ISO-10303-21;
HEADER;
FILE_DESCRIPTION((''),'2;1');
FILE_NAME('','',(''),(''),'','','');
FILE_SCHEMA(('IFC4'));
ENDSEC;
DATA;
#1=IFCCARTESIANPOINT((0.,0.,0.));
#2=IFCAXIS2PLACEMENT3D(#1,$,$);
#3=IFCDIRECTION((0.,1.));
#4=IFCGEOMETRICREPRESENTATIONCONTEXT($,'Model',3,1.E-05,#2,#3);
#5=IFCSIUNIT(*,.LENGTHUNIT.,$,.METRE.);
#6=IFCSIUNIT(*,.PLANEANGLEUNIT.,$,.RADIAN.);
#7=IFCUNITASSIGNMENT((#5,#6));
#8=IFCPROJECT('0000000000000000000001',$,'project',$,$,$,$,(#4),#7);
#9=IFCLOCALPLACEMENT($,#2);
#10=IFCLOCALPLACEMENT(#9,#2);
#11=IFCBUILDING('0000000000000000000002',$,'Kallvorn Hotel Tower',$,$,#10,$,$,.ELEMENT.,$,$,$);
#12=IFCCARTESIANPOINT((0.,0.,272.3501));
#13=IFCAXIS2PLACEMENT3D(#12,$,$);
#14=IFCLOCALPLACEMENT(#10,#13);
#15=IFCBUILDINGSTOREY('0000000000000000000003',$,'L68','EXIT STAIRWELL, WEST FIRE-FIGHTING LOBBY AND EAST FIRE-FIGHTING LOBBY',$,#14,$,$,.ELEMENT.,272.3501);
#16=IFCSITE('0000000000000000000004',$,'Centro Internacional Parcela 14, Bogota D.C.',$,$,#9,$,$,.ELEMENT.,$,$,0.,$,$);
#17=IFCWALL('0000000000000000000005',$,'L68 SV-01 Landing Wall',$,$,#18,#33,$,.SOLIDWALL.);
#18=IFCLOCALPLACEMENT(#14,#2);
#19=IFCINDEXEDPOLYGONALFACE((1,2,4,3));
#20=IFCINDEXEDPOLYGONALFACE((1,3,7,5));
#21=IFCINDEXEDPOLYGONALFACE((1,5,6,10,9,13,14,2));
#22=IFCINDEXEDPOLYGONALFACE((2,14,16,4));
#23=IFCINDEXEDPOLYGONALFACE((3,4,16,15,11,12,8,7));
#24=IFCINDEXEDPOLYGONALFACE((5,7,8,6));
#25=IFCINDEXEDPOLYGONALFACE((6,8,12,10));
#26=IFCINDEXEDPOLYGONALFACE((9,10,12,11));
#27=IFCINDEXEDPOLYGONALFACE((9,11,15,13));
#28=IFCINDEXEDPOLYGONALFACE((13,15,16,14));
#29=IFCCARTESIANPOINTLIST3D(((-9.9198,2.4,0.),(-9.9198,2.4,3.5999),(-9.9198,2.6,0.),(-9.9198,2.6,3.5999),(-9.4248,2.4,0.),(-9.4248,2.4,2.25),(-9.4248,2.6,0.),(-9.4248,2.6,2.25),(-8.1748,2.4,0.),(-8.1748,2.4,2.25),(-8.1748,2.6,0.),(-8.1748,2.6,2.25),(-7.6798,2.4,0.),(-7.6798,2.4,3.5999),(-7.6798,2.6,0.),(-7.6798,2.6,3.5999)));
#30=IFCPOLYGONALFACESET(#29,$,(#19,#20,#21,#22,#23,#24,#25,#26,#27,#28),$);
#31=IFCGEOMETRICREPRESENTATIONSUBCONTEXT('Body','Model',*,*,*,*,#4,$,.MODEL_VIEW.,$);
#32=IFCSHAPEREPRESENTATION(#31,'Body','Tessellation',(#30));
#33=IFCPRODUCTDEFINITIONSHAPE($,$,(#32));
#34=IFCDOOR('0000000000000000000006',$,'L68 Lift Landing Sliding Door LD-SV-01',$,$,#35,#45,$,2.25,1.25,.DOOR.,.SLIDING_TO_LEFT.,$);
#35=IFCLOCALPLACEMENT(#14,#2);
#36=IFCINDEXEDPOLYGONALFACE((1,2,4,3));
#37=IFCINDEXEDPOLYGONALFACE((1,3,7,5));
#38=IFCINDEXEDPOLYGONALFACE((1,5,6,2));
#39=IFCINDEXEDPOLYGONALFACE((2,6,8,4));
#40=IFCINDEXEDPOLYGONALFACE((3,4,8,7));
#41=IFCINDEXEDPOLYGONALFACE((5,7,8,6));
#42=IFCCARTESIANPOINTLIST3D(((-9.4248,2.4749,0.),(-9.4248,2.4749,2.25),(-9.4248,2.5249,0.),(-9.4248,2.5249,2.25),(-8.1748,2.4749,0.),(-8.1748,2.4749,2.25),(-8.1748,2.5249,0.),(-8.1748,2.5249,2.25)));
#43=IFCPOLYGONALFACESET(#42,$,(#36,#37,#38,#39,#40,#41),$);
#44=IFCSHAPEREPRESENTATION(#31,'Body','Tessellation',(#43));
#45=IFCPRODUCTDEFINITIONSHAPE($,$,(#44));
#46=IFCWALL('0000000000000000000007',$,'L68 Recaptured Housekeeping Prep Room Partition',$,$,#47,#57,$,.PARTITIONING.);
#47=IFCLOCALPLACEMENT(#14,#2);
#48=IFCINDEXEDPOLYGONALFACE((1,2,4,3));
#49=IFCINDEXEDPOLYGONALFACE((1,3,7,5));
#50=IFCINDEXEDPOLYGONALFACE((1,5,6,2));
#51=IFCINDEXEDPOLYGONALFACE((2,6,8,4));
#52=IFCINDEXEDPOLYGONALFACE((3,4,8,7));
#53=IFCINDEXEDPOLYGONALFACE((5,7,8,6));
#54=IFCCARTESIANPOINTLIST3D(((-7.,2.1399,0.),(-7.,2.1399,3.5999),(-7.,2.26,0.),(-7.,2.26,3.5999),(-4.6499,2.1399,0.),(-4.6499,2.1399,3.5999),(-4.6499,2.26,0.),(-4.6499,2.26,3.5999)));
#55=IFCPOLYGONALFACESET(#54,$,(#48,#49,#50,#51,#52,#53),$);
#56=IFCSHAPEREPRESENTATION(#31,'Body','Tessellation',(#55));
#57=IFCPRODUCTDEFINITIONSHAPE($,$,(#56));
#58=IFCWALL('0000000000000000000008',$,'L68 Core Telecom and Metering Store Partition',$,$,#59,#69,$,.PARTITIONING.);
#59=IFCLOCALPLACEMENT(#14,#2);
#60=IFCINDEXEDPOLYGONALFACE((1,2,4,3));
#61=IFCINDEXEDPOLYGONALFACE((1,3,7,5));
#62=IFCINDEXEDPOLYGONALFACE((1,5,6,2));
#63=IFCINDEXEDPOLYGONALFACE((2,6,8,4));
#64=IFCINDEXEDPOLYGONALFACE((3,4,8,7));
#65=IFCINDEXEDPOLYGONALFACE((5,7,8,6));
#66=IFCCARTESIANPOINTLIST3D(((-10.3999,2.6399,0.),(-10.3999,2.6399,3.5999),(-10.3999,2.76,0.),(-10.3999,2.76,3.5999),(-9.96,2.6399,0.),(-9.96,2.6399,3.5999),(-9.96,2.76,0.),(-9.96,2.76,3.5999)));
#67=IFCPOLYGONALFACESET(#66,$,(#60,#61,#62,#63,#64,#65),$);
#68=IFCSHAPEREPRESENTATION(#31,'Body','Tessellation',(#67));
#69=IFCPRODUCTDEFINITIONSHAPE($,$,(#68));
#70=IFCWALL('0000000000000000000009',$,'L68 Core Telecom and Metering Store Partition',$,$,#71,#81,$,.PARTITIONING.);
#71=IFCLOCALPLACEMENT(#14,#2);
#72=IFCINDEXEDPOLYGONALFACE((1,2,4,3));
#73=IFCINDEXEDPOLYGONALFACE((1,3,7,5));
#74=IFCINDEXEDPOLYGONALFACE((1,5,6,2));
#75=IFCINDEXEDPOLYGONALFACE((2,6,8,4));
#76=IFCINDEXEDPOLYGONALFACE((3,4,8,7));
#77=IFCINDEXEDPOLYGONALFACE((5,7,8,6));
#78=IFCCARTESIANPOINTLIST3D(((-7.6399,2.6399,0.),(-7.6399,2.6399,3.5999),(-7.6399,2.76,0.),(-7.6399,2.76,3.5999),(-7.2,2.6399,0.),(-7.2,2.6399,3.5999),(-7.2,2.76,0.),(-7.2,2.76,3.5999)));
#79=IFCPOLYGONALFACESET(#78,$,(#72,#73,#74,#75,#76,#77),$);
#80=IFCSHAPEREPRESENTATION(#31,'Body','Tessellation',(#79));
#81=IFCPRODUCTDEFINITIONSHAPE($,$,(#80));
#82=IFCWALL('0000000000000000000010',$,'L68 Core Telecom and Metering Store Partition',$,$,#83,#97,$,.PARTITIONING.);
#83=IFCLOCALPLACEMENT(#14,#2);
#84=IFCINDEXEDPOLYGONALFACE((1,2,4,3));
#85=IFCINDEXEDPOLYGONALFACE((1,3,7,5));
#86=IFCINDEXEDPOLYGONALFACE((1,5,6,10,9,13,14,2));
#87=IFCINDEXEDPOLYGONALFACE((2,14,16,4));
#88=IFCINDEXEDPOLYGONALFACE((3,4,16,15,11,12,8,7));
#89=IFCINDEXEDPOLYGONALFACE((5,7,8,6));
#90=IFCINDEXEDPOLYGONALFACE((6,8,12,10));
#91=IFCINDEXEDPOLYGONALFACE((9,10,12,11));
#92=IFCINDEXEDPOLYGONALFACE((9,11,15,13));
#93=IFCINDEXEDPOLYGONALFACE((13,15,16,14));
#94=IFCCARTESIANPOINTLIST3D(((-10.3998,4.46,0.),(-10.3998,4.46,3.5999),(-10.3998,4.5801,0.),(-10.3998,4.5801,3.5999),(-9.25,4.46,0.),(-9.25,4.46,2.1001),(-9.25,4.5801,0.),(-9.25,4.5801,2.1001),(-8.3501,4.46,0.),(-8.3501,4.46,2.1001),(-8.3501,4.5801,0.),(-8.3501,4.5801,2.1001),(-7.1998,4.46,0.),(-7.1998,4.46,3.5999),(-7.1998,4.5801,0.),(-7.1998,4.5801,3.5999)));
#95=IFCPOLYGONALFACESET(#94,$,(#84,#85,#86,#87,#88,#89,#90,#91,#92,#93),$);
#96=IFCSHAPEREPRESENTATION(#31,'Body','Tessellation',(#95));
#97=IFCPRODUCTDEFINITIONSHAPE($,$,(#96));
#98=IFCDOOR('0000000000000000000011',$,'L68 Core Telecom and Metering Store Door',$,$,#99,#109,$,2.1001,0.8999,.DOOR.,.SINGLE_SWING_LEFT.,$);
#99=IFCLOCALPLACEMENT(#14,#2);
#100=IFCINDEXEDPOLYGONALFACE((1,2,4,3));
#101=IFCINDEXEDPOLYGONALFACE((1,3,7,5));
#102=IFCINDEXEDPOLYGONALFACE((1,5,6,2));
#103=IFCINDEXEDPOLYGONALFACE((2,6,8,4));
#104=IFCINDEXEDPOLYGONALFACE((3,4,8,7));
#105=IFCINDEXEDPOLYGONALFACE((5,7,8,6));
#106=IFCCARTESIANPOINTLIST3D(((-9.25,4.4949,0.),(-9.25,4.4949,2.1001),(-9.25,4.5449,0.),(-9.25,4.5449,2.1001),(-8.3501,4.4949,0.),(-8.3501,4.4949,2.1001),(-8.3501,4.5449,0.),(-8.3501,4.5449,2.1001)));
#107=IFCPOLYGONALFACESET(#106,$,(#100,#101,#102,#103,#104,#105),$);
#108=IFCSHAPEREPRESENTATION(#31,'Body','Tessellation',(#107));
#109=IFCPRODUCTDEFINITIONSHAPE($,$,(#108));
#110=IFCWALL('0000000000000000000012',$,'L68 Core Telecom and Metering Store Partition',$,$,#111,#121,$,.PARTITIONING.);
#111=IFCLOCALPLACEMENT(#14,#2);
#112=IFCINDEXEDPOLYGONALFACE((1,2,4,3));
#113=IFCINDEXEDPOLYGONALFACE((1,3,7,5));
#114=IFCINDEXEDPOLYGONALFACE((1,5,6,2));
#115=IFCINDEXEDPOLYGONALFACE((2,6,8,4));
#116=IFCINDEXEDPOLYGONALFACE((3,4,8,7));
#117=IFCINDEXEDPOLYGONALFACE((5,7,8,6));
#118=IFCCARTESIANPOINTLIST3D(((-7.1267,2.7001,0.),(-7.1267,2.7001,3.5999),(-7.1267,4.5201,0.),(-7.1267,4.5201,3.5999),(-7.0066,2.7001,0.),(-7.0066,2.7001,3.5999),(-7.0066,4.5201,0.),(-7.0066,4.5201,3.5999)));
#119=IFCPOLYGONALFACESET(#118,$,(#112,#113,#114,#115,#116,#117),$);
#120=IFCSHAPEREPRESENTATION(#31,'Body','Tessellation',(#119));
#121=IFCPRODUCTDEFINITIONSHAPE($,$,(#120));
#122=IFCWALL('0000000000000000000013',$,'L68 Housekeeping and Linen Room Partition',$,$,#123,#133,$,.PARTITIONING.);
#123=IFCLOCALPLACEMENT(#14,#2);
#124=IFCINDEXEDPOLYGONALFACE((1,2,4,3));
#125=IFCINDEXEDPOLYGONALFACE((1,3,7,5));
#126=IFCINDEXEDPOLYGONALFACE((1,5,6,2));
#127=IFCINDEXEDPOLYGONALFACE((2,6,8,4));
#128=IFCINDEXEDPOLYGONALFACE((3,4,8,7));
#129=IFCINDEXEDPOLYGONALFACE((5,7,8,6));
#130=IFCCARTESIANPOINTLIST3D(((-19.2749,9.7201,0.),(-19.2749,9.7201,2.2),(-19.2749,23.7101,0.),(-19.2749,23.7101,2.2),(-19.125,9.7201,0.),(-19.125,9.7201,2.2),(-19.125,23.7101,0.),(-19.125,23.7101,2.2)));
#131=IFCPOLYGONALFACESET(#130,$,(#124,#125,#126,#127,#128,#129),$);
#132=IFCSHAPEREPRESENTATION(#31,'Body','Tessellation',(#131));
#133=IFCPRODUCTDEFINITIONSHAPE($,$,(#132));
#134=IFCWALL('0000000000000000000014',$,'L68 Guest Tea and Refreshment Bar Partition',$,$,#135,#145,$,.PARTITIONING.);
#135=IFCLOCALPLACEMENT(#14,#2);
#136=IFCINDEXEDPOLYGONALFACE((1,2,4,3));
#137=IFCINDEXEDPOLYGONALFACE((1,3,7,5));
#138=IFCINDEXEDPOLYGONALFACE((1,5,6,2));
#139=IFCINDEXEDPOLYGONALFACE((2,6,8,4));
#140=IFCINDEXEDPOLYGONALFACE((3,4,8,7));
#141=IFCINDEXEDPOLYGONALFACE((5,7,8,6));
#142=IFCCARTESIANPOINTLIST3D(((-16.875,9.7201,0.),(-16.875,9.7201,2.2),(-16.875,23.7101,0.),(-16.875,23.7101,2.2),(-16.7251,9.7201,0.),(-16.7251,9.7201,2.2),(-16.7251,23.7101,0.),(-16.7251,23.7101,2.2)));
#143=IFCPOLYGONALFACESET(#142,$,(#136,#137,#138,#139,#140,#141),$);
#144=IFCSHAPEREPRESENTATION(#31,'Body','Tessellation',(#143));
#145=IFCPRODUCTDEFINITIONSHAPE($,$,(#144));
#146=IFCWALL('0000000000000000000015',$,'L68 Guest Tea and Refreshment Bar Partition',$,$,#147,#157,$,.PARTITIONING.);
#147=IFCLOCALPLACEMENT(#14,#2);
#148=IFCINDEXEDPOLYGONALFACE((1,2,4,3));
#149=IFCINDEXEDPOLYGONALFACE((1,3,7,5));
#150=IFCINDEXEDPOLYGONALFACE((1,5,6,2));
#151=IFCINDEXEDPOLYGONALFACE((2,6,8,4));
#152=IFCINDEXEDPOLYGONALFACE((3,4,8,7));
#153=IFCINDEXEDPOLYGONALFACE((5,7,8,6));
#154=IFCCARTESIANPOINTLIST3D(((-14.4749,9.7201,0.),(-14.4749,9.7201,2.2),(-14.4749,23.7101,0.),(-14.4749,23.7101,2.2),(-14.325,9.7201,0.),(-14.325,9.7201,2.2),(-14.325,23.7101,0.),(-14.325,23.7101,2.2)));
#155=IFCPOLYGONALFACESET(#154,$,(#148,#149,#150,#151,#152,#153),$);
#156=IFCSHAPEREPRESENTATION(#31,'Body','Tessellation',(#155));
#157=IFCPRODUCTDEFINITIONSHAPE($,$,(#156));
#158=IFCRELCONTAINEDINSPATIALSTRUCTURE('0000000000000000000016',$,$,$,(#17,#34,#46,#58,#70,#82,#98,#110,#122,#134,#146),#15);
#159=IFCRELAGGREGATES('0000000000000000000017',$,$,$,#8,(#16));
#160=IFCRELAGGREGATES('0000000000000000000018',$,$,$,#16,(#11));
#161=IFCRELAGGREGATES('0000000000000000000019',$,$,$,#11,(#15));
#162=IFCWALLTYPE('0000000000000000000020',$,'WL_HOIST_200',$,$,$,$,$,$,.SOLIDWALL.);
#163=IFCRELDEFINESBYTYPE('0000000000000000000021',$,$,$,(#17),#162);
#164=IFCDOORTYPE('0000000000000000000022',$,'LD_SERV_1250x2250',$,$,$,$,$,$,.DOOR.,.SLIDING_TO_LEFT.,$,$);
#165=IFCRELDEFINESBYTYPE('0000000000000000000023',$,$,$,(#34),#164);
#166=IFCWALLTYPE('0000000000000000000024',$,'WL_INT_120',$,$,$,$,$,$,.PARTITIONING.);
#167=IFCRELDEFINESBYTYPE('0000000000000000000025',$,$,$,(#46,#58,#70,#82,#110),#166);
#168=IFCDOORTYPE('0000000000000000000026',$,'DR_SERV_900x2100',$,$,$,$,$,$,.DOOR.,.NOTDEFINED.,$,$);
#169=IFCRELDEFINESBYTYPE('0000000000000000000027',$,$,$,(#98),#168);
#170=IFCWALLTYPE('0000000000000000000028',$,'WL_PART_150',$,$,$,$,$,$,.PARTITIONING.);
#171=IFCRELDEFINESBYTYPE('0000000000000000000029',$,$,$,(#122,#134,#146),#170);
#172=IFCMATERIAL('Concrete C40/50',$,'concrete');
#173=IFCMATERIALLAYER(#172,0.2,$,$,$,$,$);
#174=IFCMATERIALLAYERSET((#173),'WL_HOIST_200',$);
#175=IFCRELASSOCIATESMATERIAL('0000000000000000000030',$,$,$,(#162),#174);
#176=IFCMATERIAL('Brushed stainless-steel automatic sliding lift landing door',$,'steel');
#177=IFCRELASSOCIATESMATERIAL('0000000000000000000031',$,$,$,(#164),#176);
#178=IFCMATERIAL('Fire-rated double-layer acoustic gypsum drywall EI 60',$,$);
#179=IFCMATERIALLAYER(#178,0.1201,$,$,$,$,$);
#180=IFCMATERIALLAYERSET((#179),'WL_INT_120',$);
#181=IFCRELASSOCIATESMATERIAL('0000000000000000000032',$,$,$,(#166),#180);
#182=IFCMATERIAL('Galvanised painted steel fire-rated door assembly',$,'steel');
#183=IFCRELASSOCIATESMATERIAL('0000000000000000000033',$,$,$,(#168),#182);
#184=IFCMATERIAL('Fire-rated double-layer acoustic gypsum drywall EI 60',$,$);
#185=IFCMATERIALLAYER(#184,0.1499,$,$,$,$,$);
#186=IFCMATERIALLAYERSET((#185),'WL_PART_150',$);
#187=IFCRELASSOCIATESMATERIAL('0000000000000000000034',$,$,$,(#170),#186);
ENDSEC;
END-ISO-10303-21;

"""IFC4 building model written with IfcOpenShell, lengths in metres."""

from ifc_helpers import new_model, si_unit, direction, frame, frame_2d, origin, place, context, subcontext, project, spatial, rectangle, extrude, material, layer, layer_set, type_object, element, fill, save


model = new_model("IFC4")

# Units and contexts
model_context = context("Model", 3, precision=1e-05, world=origin(), true_north=direction((0.0, 1.0)))
body_context = subcontext(model_context, "Body", "Model", "MODEL_VIEW")
ifc_project = project(units=[si_unit("LENGTHUNIT", "METRE"), si_unit("PLANEANGLEUNIT", "RADIAN")], contexts=[model_context])

# Site, building, storey
site_placement = place(None, origin())
site = spatial("IfcSite", under=ifc_project, at=site_placement, Name="Centro Internacional Parcela 14, Bogota D.C.", CompositionType="ELEMENT", RefElevation=0.0)
building_placement = place(site_placement, origin())
building = spatial("IfcBuilding", under=site, at=building_placement, Name="Kallvorn Hotel Tower", CompositionType="ELEMENT")
storey_placement = place(building_placement, frame((0.0, 0.0, 272.3501)))
storey = spatial("IfcBuildingStorey", under=building, at=storey_placement, Name="L68", Description="EXIT STAIRWELL, WEST FIRE-FIGHTING LOBBY AND EAST FIRE-FIGHTING LOBBY", CompositionType="ELEMENT", Elevation=272.3501)

# Shared definitions
ifc_material_1 = material(Name="Concrete C40/50", Category="concrete")
ifc_layer_1 = layer(ifc_material_1, 0.2)
ifc_layer_set_1 = layer_set([ifc_layer_1], Name="WL_HOIST_200")
wall_type_1 = type_object("IfcWallType", Name="WL_HOIST_200", PredefinedType="SOLIDWALL", material=ifc_layer_set_1)

# Wall, opening, door
wall_1_placement = place(storey_placement, frame((-9.9199, 2.5, 0.0), z_axis=(0.0, 0.0, 1.0), x_axis=(1.0, 0.0, 0.0)))
wall_1 = element("IfcWall", 1, at=wall_1_placement, inside=storey, type_object=wall_type_1, Name="L68 SV-01 Landing Wall", PredefinedType="SOLIDWALL", context=body_context, shape_type="SweptSolid", body=[
    extrude(rectangle(XDim=2.24, YDim=0.2, at=frame_2d((1.1201, 0.0))), origin(), (0.0, 0.0, 1.0), 3.5999),
])
opening_1_placement = place(wall_1_placement, frame((0.4951, 0.0, 0.0)))
opening_1 = element("IfcOpeningElement", 2, at=opening_1_placement, cuts=wall_1, PredefinedType="OPENING", context=body_context, shape_type="SweptSolid", body=[
    extrude(rectangle(XDim=1.25, YDim=2.25, at=frame_2d((0.625, 1.125))), frame((0.0, 0.115, 0.0), z_axis=(0.0, -1.0, 0.0), x_axis=(1.0, 0.0, 0.0)), (0.0, 0.0, 1.0), 0.23),
])
ifc_material_2 = material(Name="Brushed stainless-steel automatic sliding lift landing door", Category="steel")
door_type_1 = type_object("IfcDoorType", Name="LD_SERV_1250x2250", OperationType="SLIDING_TO_LEFT", PredefinedType="DOOR", material=ifc_material_2)
door_1_placement = place(opening_1_placement, origin())
door_1 = element("IfcDoor", 3, at=door_1_placement, inside=storey, type_object=door_type_1, Name="L68 Lift Landing Sliding Door LD-SV-01", OperationType="SLIDING_TO_LEFT", OverallHeight=2.25, OverallWidth=1.25, PredefinedType="DOOR", context=body_context, shape_type="SweptSolid", body=[
    extrude(rectangle(XDim=1.25, YDim=2.25, at=frame_2d((0.625, 1.125))), frame((0.0, 0.0249, 0.0), z_axis=(0.0, -1.0, 0.0), x_axis=(1.0, 0.0, 0.0)), (0.0, 0.0, 1.0), 0.05),
])
fill(opening_1, door_1)

# Walls
ifc_material_3 = material(Name="Fire-rated double-layer acoustic gypsum drywall EI 60")
ifc_layer_2 = layer(ifc_material_3, 0.1201)
ifc_layer_set_2 = layer_set([ifc_layer_2], Name="WL_INT_120")
wall_type_2 = type_object("IfcWallType", Name="WL_INT_120", PredefinedType="PARTITIONING", material=ifc_layer_set_2)
wall_2_placement = place(storey_placement, frame((-7.0, 2.2, 0.0), z_axis=(0.0, 0.0, 1.0), x_axis=(1.0, 0.0, 0.0)))
element("IfcWall", 4, at=wall_2_placement, inside=storey, type_object=wall_type_2, Name="L68 Recaptured Housekeeping Prep Room Partition", PredefinedType="PARTITIONING", context=body_context, shape_type="SweptSolid", body=[
    extrude(rectangle(XDim=2.3501, YDim=0.1201, at=frame_2d((1.175, 0.0))), origin(), (0.0, 0.0, 1.0), 3.5999),
])
for number, where, z_axis, x_axis, name in (
    (5, (-10.3999, 2.7, 0.0), (0.0, 0.0, 1.0), (1.0, 0.0, 0.0), "L68 Core Telecom and Metering Store Partition"),
    (6, (-7.6399, 2.7, 0.0), (0.0, 0.0, 1.0), (1.0, 0.0, 0.0), "L68 Core Telecom and Metering Store Partition"),
):
    element("IfcWall", number, at=place(storey_placement, frame(where, z_axis=z_axis, x_axis=x_axis)), inside=storey, type_object=wall_type_2, Name=name, PredefinedType="PARTITIONING", context=body_context, shape_type="SweptSolid", body=[
        extrude(rectangle(XDim=0.4399, YDim=0.1201, at=frame_2d((0.22, 0.0))), origin(), (0.0, 0.0, 1.0), 3.5999),
    ])

# Wall, opening, door
wall_3_placement = place(storey_placement, frame((-10.3999, 4.52, 0.0), z_axis=(0.0, 0.0, 1.0), x_axis=(1.0, 0.0, 0.0)))
wall_3 = element("IfcWall", 7, at=wall_3_placement, inside=storey, type_object=wall_type_2, Name="L68 Core Telecom and Metering Store Partition", PredefinedType="PARTITIONING", context=body_context, shape_type="SweptSolid", body=[
    extrude(rectangle(XDim=3.2, YDim=0.1201, at=frame_2d((1.6001, 0.0))), origin(), (0.0, 0.0, 1.0), 3.5999),
])
opening_2_placement = place(wall_3_placement, frame((1.1499, 0.0, 0.0)))
opening_2 = element("IfcOpeningElement", 8, at=opening_2_placement, cuts=wall_3, PredefinedType="OPENING", context=body_context, shape_type="SweptSolid", body=[
    extrude(rectangle(XDim=0.8999, YDim=2.1001, at=frame_2d((0.45, 1.05))), frame((0.0, 0.075, 0.0), z_axis=(0.0, -1.0, 0.0), x_axis=(1.0, 0.0, 0.0)), (0.0, 0.0, 1.0), 0.1501),
])
ifc_material_4 = material(Name="Galvanised painted steel fire-rated door assembly", Category="steel")
door_type_2 = type_object("IfcDoorType", Name="DR_SERV_900x2100", OperationType="NOTDEFINED", PredefinedType="DOOR", material=ifc_material_4)
door_2_placement = place(opening_2_placement, origin())
door_2 = element("IfcDoor", 9, at=door_2_placement, inside=storey, type_object=door_type_2, Name="L68 Core Telecom and Metering Store Door", OperationType="SINGLE_SWING_LEFT", OverallHeight=2.1001, OverallWidth=0.8999, PredefinedType="DOOR", context=body_context, shape_type="SweptSolid", body=[
    extrude(rectangle(XDim=0.8999, YDim=2.1001, at=frame_2d((0.45, 1.05))), frame((0.0, 0.0249, 0.0), z_axis=(0.0, -1.0, 0.0), x_axis=(1.0, 0.0, 0.0)), (0.0, 0.0, 1.0), 0.05),
])
fill(opening_2, door_2)

# Walls
wall_4_placement = place(storey_placement, frame((-7.0667, 2.7, 0.0), z_axis=(0.0, 0.0, 1.0), x_axis=(0.0, 1.0, 0.0)))
element("IfcWall", 10, at=wall_4_placement, inside=storey, type_object=wall_type_2, Name="L68 Core Telecom and Metering Store Partition", PredefinedType="PARTITIONING", context=body_context, shape_type="SweptSolid", body=[
    extrude(rectangle(XDim=1.8201, YDim=0.1201, at=frame_2d((0.9102, 0.0))), origin(), (0.0, 0.0, 1.0), 3.5999),
])
ifc_material_5 = material(Name="Fire-rated double-layer acoustic gypsum drywall EI 60")
ifc_layer_3 = layer(ifc_material_5, 0.1499)
ifc_layer_set_3 = layer_set([ifc_layer_3], Name="WL_PART_150")
wall_type_3 = type_object("IfcWallType", Name="WL_PART_150", PredefinedType="PARTITIONING", material=ifc_layer_set_3)
for number, where, z_axis, x_axis, name in (
    (11, (-19.2, 9.72, 0.0), (0.0, 0.0, 1.0), (0.0, 1.0, 0.0), "L68 Housekeeping and Linen Room Partition"),
    (12, (-16.8, 9.72, 0.0), (0.0, 0.0, 1.0), (0.0, 1.0, 0.0), "L68 Guest Tea and Refreshment Bar Partition"),
    (13, (-14.3999, 9.72, 0.0), (0.0, 0.0, 1.0), (0.0, 1.0, 0.0), "L68 Guest Tea and Refreshment Bar Partition"),
):
    element("IfcWall", number, at=place(storey_placement, frame(where, z_axis=z_axis, x_axis=x_axis)), inside=storey, type_object=wall_type_3, Name=name, PredefinedType="PARTITIONING", context=body_context, shape_type="SweptSolid", body=[
        extrude(rectangle(XDim=13.99, YDim=0.1499, at=frame_2d((6.9951, 0.0))), origin(), (0.0, 0.0, 1.0), 2.2),
    ])

save(model, "model.ifc")
